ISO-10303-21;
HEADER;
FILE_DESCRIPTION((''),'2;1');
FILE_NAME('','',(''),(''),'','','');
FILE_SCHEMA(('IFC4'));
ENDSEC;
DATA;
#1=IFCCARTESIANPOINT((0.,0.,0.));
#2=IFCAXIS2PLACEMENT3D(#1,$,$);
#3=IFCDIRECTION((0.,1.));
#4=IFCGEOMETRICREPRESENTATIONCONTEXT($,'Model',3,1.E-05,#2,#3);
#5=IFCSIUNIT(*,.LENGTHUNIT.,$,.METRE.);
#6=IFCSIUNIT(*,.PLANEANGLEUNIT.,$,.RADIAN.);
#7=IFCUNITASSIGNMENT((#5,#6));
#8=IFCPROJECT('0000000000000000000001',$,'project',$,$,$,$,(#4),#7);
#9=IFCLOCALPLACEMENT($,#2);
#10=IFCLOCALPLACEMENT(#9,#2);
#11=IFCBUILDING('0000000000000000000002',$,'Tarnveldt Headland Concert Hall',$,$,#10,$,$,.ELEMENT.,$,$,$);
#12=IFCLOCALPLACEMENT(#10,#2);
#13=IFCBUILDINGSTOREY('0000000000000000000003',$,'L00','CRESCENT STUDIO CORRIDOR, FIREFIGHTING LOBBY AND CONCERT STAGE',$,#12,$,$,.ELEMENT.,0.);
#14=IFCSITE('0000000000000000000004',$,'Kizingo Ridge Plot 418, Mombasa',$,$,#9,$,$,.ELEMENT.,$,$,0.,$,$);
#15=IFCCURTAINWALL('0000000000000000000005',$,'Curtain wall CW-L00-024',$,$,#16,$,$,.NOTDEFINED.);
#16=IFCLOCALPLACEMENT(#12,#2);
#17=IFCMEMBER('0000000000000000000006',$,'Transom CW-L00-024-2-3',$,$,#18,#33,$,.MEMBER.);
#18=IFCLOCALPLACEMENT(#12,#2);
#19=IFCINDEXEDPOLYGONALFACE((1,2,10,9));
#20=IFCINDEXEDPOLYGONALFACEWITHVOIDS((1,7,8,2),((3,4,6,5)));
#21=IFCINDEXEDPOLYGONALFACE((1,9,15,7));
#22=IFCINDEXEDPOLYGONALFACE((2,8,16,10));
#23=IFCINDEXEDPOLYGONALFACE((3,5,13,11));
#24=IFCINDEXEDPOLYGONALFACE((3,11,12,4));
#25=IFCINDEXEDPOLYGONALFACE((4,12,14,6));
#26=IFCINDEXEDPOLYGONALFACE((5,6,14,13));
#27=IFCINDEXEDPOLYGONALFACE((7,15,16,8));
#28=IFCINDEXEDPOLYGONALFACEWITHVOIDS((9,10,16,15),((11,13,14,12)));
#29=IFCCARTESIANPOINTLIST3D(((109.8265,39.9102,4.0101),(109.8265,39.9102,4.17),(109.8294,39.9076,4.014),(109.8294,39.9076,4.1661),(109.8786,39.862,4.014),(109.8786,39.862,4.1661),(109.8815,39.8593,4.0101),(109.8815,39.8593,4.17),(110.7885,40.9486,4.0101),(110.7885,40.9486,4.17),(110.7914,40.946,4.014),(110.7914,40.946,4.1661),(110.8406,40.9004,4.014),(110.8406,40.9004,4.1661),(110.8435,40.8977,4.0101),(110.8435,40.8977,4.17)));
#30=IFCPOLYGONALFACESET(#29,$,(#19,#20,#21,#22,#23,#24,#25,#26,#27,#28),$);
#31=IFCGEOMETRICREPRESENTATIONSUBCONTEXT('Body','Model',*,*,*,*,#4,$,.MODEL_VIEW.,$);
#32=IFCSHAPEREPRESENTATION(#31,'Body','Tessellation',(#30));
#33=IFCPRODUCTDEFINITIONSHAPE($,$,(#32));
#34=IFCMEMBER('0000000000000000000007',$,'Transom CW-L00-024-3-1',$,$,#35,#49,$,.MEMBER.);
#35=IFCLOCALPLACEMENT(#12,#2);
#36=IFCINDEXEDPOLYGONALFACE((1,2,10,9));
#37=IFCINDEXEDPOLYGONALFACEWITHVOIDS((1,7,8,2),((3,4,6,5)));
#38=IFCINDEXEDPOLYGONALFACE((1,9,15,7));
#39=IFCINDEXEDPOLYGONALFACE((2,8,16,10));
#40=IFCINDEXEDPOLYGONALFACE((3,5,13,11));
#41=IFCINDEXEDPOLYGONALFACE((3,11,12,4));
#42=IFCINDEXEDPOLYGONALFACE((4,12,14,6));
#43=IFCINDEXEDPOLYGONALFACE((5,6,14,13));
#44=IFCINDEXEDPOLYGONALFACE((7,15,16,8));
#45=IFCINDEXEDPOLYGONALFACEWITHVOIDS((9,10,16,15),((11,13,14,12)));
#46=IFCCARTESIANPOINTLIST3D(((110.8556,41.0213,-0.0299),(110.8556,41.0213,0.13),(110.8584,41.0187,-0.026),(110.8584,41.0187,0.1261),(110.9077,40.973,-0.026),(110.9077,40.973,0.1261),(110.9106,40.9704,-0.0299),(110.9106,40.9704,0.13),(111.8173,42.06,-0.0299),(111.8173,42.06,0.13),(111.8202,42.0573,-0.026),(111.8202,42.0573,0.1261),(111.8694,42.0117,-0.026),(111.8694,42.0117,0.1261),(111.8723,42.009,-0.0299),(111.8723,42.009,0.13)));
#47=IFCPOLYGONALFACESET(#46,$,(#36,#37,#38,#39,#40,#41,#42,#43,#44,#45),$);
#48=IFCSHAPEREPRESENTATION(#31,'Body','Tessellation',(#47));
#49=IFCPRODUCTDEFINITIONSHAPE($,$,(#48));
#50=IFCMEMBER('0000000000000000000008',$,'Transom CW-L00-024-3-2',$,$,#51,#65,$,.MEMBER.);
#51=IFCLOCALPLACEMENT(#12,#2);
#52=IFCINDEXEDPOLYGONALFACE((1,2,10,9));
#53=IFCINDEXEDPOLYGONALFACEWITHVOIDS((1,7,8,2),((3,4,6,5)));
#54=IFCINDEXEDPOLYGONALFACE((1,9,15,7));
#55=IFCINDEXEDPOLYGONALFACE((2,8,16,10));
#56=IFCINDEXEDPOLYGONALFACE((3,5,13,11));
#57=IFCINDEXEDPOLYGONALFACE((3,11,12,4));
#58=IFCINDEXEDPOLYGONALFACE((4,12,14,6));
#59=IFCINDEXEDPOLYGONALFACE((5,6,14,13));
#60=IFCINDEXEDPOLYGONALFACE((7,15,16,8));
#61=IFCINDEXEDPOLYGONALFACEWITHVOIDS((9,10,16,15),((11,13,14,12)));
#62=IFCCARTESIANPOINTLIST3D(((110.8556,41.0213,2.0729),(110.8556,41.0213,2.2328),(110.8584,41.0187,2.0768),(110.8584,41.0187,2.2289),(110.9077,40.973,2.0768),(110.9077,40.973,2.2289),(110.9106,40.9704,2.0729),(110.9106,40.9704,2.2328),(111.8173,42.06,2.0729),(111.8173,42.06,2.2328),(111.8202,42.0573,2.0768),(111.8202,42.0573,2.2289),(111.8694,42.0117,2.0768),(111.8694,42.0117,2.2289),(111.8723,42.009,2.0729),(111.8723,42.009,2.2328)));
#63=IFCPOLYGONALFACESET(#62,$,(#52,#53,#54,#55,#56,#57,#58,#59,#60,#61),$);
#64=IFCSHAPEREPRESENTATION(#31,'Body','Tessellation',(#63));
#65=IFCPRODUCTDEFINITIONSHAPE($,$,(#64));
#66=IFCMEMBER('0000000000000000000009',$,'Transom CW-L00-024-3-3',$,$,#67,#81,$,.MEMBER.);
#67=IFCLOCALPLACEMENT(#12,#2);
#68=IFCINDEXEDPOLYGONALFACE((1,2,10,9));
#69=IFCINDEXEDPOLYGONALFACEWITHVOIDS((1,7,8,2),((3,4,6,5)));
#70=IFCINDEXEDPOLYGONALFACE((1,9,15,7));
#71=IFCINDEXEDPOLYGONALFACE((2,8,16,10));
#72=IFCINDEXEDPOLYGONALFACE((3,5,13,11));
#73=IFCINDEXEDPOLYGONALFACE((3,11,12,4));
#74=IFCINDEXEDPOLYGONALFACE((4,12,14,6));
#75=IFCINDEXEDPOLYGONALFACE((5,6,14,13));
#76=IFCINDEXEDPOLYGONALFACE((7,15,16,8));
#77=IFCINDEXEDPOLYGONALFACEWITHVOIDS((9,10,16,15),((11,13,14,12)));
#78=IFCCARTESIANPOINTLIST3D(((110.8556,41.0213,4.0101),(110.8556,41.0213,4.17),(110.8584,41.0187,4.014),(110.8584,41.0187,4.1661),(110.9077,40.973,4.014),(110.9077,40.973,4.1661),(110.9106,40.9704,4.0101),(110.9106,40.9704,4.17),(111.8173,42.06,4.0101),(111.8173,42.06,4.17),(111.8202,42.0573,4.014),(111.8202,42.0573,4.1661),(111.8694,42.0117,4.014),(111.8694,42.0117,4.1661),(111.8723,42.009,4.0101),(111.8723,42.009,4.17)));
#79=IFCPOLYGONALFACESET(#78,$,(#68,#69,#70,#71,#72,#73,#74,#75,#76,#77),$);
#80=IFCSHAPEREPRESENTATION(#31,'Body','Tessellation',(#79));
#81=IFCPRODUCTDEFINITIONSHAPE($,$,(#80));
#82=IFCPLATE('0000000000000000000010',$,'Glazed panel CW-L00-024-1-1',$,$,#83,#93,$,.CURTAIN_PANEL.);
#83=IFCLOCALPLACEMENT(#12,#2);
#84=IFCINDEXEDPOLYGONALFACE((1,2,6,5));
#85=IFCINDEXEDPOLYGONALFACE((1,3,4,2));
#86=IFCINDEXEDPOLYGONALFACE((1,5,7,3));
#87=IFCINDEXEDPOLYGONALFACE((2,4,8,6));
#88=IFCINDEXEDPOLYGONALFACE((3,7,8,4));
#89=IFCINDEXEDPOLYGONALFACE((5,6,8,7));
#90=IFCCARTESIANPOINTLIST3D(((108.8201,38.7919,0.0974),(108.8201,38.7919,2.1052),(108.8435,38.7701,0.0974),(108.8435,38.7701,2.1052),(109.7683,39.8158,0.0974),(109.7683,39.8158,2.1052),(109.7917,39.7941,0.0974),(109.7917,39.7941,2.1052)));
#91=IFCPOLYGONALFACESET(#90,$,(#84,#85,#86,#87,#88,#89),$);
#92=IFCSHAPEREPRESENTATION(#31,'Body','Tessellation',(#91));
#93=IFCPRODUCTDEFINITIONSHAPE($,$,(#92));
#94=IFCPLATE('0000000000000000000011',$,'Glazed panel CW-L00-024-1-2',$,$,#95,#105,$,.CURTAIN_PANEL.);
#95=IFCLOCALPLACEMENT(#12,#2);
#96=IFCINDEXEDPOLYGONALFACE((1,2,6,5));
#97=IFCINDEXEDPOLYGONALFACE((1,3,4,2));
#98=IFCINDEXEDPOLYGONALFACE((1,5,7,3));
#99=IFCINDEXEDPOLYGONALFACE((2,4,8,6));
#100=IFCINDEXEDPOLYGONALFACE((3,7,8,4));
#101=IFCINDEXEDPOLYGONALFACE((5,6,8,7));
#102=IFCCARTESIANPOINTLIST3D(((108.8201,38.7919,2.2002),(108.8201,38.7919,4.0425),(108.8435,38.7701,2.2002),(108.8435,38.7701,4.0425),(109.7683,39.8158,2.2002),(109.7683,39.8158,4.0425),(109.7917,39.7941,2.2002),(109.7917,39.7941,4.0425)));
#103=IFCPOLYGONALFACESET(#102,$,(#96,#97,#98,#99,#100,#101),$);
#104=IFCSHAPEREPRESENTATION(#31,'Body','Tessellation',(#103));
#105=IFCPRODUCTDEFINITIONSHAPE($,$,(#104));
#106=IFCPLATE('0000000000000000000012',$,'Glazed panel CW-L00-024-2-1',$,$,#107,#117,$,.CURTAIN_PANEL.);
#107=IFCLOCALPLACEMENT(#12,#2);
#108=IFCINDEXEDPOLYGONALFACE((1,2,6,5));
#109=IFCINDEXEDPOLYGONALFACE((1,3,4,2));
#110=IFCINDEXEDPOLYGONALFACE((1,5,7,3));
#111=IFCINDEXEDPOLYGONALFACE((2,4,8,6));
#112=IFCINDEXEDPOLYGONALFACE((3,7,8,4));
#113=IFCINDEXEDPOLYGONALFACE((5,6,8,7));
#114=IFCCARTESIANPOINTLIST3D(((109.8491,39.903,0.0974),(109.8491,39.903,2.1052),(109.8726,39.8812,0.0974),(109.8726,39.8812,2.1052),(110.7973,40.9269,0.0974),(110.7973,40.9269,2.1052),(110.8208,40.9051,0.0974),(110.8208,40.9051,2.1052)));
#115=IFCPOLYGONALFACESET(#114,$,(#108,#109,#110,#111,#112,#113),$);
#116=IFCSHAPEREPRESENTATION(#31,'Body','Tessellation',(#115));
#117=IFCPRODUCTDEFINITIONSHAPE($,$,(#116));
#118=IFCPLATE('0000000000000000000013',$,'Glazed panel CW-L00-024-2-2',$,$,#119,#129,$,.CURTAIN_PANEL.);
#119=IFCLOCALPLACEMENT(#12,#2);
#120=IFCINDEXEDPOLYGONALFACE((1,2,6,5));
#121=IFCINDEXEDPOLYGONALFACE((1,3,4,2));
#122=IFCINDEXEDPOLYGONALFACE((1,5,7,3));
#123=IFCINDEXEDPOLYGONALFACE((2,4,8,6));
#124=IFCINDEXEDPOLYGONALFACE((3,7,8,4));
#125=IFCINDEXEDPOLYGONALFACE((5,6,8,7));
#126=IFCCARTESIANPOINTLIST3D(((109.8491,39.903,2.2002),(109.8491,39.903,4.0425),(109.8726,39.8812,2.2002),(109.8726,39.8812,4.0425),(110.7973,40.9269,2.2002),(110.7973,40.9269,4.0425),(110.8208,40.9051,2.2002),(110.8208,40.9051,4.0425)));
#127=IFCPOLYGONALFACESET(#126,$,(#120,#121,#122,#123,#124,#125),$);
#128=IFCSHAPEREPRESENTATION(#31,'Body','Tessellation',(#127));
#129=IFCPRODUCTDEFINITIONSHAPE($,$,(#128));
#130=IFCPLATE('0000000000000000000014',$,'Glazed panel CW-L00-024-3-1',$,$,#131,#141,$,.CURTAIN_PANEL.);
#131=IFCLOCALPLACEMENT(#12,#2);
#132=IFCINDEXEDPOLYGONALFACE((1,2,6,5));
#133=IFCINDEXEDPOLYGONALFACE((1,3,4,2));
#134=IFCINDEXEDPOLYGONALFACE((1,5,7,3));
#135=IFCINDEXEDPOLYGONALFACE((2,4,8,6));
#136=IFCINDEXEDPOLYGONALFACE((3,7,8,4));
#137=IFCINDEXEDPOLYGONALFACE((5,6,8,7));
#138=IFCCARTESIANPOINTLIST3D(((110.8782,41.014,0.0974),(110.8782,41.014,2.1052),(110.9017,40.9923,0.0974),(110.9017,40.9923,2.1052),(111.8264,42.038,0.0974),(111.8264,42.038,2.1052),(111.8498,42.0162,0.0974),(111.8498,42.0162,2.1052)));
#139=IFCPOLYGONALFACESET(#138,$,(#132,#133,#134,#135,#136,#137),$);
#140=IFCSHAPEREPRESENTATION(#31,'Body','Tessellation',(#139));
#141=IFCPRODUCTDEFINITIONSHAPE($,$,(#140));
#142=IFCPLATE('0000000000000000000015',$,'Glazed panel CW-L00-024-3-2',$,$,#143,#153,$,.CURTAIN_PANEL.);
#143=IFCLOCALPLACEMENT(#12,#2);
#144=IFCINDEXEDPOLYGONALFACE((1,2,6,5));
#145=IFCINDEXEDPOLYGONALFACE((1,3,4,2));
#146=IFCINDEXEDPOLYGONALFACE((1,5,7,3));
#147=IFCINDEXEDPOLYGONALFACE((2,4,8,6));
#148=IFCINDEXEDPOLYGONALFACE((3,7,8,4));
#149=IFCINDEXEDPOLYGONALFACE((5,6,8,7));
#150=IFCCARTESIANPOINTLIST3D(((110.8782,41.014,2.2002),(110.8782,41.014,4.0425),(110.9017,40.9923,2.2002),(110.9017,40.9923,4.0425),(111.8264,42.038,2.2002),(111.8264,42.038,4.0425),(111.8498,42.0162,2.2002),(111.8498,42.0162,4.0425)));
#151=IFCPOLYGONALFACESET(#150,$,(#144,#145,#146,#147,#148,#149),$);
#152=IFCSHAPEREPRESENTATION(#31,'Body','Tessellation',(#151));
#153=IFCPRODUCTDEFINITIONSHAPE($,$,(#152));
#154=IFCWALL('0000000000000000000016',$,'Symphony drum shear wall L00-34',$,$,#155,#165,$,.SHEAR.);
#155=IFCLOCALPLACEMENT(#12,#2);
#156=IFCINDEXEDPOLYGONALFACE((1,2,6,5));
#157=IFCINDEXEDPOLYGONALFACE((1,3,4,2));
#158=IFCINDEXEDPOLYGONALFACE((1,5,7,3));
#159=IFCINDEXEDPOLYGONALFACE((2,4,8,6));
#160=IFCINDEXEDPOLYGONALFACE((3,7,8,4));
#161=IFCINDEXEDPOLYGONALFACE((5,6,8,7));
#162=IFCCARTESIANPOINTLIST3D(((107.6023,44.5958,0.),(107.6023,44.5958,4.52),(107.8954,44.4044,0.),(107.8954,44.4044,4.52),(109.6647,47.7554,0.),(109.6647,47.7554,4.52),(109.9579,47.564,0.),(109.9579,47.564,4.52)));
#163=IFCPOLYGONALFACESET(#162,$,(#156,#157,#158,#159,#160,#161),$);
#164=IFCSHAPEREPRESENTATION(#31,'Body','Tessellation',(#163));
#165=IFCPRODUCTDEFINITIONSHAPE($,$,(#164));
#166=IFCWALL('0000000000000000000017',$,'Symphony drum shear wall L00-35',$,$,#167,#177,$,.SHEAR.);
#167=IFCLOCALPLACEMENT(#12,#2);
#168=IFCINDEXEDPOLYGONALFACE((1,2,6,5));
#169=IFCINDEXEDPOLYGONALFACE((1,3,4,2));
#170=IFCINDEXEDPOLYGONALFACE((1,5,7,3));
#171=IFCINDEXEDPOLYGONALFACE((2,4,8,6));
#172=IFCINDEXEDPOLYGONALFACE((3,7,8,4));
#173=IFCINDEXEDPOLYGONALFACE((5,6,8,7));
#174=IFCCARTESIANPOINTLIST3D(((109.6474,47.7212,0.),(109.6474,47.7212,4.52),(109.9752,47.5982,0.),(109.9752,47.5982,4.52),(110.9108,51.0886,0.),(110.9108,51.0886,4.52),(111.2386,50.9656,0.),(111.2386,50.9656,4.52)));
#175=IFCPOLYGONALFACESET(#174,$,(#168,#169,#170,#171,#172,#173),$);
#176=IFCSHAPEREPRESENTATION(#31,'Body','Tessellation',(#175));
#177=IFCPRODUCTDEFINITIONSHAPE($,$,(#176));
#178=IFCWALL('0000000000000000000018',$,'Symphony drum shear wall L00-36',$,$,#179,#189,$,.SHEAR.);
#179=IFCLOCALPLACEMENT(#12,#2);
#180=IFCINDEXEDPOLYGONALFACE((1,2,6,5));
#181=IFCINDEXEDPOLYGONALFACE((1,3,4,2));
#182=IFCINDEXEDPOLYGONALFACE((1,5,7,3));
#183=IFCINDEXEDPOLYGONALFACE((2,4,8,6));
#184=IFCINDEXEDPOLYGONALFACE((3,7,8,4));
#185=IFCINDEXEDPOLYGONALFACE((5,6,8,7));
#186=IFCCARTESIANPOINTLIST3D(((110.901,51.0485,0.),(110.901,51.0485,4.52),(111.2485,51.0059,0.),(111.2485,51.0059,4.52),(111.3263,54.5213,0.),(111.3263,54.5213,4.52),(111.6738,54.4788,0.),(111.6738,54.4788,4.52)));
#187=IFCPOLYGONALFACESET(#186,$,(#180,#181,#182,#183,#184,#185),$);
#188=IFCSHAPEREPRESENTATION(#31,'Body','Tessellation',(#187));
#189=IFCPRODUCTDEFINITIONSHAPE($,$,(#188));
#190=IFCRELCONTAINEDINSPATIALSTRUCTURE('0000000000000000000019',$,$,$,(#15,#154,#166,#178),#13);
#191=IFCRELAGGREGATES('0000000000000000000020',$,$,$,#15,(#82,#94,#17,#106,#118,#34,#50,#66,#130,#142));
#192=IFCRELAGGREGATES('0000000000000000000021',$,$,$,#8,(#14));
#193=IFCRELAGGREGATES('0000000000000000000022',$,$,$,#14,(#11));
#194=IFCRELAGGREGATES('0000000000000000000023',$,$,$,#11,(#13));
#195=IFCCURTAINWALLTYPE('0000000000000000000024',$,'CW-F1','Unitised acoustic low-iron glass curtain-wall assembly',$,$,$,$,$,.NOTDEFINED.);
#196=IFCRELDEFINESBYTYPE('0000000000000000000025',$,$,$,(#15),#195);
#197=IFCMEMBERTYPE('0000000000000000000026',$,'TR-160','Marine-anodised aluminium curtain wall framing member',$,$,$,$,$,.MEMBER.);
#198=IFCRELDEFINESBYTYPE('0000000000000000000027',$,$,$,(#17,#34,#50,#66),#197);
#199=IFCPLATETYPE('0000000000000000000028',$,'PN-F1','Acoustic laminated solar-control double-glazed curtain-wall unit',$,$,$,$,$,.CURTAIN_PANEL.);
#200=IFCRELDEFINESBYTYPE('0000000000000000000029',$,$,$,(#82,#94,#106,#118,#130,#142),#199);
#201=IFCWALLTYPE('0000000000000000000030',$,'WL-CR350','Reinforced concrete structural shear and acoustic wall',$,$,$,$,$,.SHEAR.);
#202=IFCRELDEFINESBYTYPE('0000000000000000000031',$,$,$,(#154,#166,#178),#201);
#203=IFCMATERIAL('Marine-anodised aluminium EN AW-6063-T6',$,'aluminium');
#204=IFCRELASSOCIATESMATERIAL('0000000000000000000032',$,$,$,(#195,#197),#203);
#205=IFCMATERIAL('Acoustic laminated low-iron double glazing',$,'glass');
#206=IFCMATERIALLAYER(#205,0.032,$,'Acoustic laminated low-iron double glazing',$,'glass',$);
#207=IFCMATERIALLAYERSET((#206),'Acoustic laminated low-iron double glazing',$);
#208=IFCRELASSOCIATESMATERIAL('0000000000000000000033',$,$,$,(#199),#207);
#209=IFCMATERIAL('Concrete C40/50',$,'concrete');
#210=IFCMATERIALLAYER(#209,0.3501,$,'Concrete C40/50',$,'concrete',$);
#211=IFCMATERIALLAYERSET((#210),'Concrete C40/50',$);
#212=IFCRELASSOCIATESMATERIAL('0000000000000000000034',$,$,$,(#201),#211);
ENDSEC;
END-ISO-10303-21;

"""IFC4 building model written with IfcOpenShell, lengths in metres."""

from ifc_helpers import new_model, si_unit, direction, frame, frame_2d, origin, origin_2d, place, context, subcontext, project, spatial, rectangle, hollow_rectangle, extrude, material, layer, layer_set, material_profile, profile_set, type_object, element, aggregate, save


model = new_model("IFC4")

# Units and contexts
model_context = context("Model", 3, precision=1e-05, world=origin(), true_north=direction((0.0, 1.0)))
body_context = subcontext(model_context, "Body", "Model", "MODEL_VIEW")
ifc_project = project(units=[si_unit("LENGTHUNIT", "METRE"), si_unit("PLANEANGLEUNIT", "RADIAN")], contexts=[model_context])

# Site, building, storey
site_placement = place(None, origin())
site = spatial("IfcSite", under=ifc_project, at=site_placement, Name="Kizingo Ridge Plot 418, Mombasa", CompositionType="ELEMENT", RefElevation=0.0)
building_placement = place(site_placement, origin())
building = spatial("IfcBuilding", under=site, at=building_placement, Name="Tarnveldt Headland Concert Hall", CompositionType="ELEMENT")
storey_placement = place(building_placement, origin())
storey = spatial("IfcBuildingStorey", under=building, at=storey_placement, Name="L00", Description="CRESCENT STUDIO CORRIDOR, FIREFIGHTING LOBBY AND CONCERT STAGE", CompositionType="ELEMENT", Elevation=0.0)

# Shared definitions
ifc_material_1 = material(Name="Concrete C40/50", Category="concrete")

# Curtain wall
ifc_material_2 = material(Name="Marine-anodised aluminium EN AW-6063-T6", Category="aluminium")
curtain_wall_type = type_object("IfcCurtainWallType", Name="CW-F1", Description="Unitised acoustic low-iron glass curtain-wall assembly", PredefinedType="NOTDEFINED", material=ifc_material_2)
curtain_wall_placement = place(storey_placement, origin())
curtain_wall = element("IfcCurtainWall", 1, at=curtain_wall_placement, inside=storey, type_object=curtain_wall_type, Name="Curtain wall CW-L00-024", PredefinedType="NOTDEFINED")

# Members
ifc_material_profile_1 = material_profile(ifc_material_2, hollow_rectangle(XDim=0.075, YDim=0.1599, WallThickness=0.0039, at=origin_2d()), Name="ALU TRANSOM 75x160x4", Category="aluminium")
ifc_profile_set_1 = profile_set([ifc_material_profile_1], Name="Marine-anodised aluminium EN AW-6063-T6")
member_type_1 = type_object("IfcMemberType", Name="TR-160", Description="Marine-anodised aluminium curtain wall framing member", PredefinedType="MEMBER", material=ifc_profile_set_1)
member_1_placement = place(storey_placement, frame((109.854, 39.8848, 4.0901), z_axis=(0.679597, 0.733585, 0.0), x_axis=(-0.733585, 0.679597, 0.0)))
member_1 = element("IfcMember", 2, at=member_1_placement, type_object=member_type_1, Name="Transom CW-L00-024-2-3", PredefinedType="MEMBER", context=body_context, shape_type="SweptSolid", body=[
    extrude(hollow_rectangle(XDim=0.075, YDim=0.1599, WallThickness=0.0039, at=origin_2d()), origin(), (0.0, 0.0, 1.0), 1.4155),
])
member_2_placement = place(storey_placement, frame((110.8831, 40.9958, 0.05), z_axis=(0.679418, 0.733751, 0.0), x_axis=(-0.733751, 0.679418, 0.0)))
member_2 = element("IfcMember", 3, at=member_2_placement, type_object=member_type_1, Name="Transom CW-L00-024-3-1", PredefinedType="MEMBER", context=body_context, shape_type="SweptSolid", body=[
    extrude(hollow_rectangle(XDim=0.075, YDim=0.1599, WallThickness=0.0039, at=origin_2d()), origin(), (0.0, 0.0, 1.0), 1.4155),
])
member_3_placement = place(storey_placement, frame((110.8831, 40.9958, 2.1528), z_axis=(0.679418, 0.733751, 0.0), x_axis=(-0.733751, 0.679418, 0.0)))
member_3 = element("IfcMember", 4, at=member_3_placement, type_object=member_type_1, Name="Transom CW-L00-024-3-2", PredefinedType="MEMBER", context=body_context, shape_type="SweptSolid", body=[
    extrude(hollow_rectangle(XDim=0.075, YDim=0.1599, WallThickness=0.0039, at=origin_2d()), origin(), (0.0, 0.0, 1.0), 1.4155),
])
member_4_placement = place(storey_placement, frame((110.8831, 40.9958, 4.0901), z_axis=(0.679418, 0.733751, 0.0), x_axis=(-0.733751, 0.679418, 0.0)))
member_4 = element("IfcMember", 5, at=member_4_placement, type_object=member_type_1, Name="Transom CW-L00-024-3-3", PredefinedType="MEMBER", context=body_context, shape_type="SweptSolid", body=[
    extrude(hollow_rectangle(XDim=0.075, YDim=0.1599, WallThickness=0.0039, at=origin_2d()), origin(), (0.0, 0.0, 1.0), 1.4155),
])

# Plates
ifc_material_3 = material(Name="Acoustic laminated low-iron double glazing", Category="glass")
ifc_layer_1 = layer(ifc_material_3, 0.032, Name="Acoustic laminated low-iron double glazing", Category="glass")
ifc_layer_set_1 = layer_set([ifc_layer_1], Name="Acoustic laminated low-iron double glazing")
plate_type = type_object("IfcPlateType", Name="PN-F1", Description="Acoustic laminated solar-control double-glazed curtain-wall unit", PredefinedType="CURTAIN_PANEL", material=ifc_layer_set_1)
plate_1_placement = place(storey_placement, frame((109.3059, 39.293, 0.0974), z_axis=(0.0, 0.0, 1.0), x_axis=(0.679454, 0.733718, 0.0)))
plate_1 = element("IfcPlate", 6, at=plate_1_placement, type_object=plate_type, Name="Glazed panel CW-L00-024-1-1", PredefinedType="CURTAIN_PANEL", context=body_context, shape_type="SweptSolid", body=[
    extrude(rectangle(XDim=1.3955, YDim=0.032, at=origin_2d()), origin(), (0.0, 0.0, 1.0), 2.0078),
])
plate_2_placement = place(storey_placement, frame((109.3059, 39.293, 2.2002), z_axis=(0.0, 0.0, 1.0), x_axis=(0.679454, 0.733718, 0.0)))
plate_2 = element("IfcPlate", 7, at=plate_2_placement, type_object=plate_type, Name="Glazed panel CW-L00-024-1-2", PredefinedType="CURTAIN_PANEL", context=body_context, shape_type="SweptSolid", body=[
    extrude(rectangle(XDim=1.3955, YDim=0.032, at=origin_2d()), origin(), (0.0, 0.0, 1.0), 1.8423),
])
plate_3_placement = place(storey_placement, frame((110.335, 40.4041, 0.0974), z_axis=(0.0, 0.0, 1.0), x_axis=(0.679454, 0.733718, 0.0)))
plate_3 = element("IfcPlate", 8, at=plate_3_placement, type_object=plate_type, Name="Glazed panel CW-L00-024-2-1", PredefinedType="CURTAIN_PANEL", context=body_context, shape_type="SweptSolid", body=[
    extrude(rectangle(XDim=1.3955, YDim=0.032, at=origin_2d()), origin(), (0.0, 0.0, 1.0), 2.0078),
])
plate_4_placement = place(storey_placement, frame((110.335, 40.4041, 2.2002), z_axis=(0.0, 0.0, 1.0), x_axis=(0.679454, 0.733718, 0.0)))
plate_4 = element("IfcPlate", 9, at=plate_4_placement, type_object=plate_type, Name="Glazed panel CW-L00-024-2-2", PredefinedType="CURTAIN_PANEL", context=body_context, shape_type="SweptSolid", body=[
    extrude(rectangle(XDim=1.3955, YDim=0.032, at=origin_2d()), origin(), (0.0, 0.0, 1.0), 1.8423),
])
plate_5_placement = place(storey_placement, frame((111.364, 41.5151, 0.0974), z_axis=(0.0, 0.0, 1.0), x_axis=(0.679454, 0.733718, 0.0)))
plate_5 = element("IfcPlate", 10, at=plate_5_placement, type_object=plate_type, Name="Glazed panel CW-L00-024-3-1", PredefinedType="CURTAIN_PANEL", context=body_context, shape_type="SweptSolid", body=[
    extrude(rectangle(XDim=1.3955, YDim=0.032, at=origin_2d()), origin(), (0.0, 0.0, 1.0), 2.0078),
])
plate_6_placement = place(storey_placement, frame((111.364, 41.5151, 2.2002), z_axis=(0.0, 0.0, 1.0), x_axis=(0.679454, 0.733718, 0.0)))
plate_6 = element("IfcPlate", 11, at=plate_6_placement, type_object=plate_type, Name="Glazed panel CW-L00-024-3-2", PredefinedType="CURTAIN_PANEL", context=body_context, shape_type="SweptSolid", body=[
    extrude(rectangle(XDim=1.3955, YDim=0.032, at=origin_2d()), origin(), (0.0, 0.0, 1.0), 1.8423),
])
aggregate(curtain_wall, [plate_1, plate_2, member_1, plate_3, plate_4, member_2, member_3, member_4, plate_5, plate_6])

# Walls
ifc_layer_2 = layer(ifc_material_1, 0.3501, Name="Concrete C40/50", Category="concrete")
ifc_layer_set_2 = layer_set([ifc_layer_2], Name="Concrete C40/50")
wall_type_1 = type_object("IfcWallType", Name="WL-CR350", Description="Reinforced concrete structural shear and acoustic wall", PredefinedType="SHEAR", material=ifc_layer_set_2)
wall_1_placement = place(storey_placement, frame((107.7488, 44.5, 0.0), z_axis=(0.0, 0.0, 1.0), x_axis=(0.546611, 0.837387, 0.0)))
element("IfcWall", 12, at=wall_1_placement, inside=storey, type_object=wall_type_1, Name="Symphony drum shear wall L00-34", PredefinedType="SHEAR", context=body_context, shape_type="SweptSolid", body=[
    extrude(rectangle(XDim=3.7732, YDim=0.3501, at=frame_2d((1.8867, 0.0))), origin(), (0.0, 0.0, 1.0), 4.52),
])
wall_2_placement = place(storey_placement, frame((109.8113, 47.6597, 0.0), z_axis=(0.0, 0.0, 1.0), x_axis=(0.35128, 0.936271, 0.0)))
element("IfcWall", 13, at=wall_2_placement, inside=storey, type_object=wall_type_1, Name="Symphony drum shear wall L00-35", PredefinedType="SHEAR", context=body_context, shape_type="SweptSolid", body=[
    extrude(rectangle(XDim=3.5967, YDim=0.3501, at=frame_2d((1.7983, 0.0))), origin(), (0.0, 0.0, 1.0), 4.52),
])
wall_3_placement = place(storey_placement, frame((111.0747, 51.0271, 0.0), z_axis=(0.0, 0.0, 1.0), x_axis=(0.121552, 0.992585, 0.0)))
element("IfcWall", 14, at=wall_3_placement, inside=storey, type_object=wall_type_1, Name="Symphony drum shear wall L00-36", PredefinedType="SHEAR", context=body_context, shape_type="SweptSolid", body=[
    extrude(rectangle(XDim=3.4988, YDim=0.3501, at=frame_2d((1.7495, 0.0))), origin(), (0.0, 0.0, 1.0), 4.52),
])

save(model, "model.ifc")
